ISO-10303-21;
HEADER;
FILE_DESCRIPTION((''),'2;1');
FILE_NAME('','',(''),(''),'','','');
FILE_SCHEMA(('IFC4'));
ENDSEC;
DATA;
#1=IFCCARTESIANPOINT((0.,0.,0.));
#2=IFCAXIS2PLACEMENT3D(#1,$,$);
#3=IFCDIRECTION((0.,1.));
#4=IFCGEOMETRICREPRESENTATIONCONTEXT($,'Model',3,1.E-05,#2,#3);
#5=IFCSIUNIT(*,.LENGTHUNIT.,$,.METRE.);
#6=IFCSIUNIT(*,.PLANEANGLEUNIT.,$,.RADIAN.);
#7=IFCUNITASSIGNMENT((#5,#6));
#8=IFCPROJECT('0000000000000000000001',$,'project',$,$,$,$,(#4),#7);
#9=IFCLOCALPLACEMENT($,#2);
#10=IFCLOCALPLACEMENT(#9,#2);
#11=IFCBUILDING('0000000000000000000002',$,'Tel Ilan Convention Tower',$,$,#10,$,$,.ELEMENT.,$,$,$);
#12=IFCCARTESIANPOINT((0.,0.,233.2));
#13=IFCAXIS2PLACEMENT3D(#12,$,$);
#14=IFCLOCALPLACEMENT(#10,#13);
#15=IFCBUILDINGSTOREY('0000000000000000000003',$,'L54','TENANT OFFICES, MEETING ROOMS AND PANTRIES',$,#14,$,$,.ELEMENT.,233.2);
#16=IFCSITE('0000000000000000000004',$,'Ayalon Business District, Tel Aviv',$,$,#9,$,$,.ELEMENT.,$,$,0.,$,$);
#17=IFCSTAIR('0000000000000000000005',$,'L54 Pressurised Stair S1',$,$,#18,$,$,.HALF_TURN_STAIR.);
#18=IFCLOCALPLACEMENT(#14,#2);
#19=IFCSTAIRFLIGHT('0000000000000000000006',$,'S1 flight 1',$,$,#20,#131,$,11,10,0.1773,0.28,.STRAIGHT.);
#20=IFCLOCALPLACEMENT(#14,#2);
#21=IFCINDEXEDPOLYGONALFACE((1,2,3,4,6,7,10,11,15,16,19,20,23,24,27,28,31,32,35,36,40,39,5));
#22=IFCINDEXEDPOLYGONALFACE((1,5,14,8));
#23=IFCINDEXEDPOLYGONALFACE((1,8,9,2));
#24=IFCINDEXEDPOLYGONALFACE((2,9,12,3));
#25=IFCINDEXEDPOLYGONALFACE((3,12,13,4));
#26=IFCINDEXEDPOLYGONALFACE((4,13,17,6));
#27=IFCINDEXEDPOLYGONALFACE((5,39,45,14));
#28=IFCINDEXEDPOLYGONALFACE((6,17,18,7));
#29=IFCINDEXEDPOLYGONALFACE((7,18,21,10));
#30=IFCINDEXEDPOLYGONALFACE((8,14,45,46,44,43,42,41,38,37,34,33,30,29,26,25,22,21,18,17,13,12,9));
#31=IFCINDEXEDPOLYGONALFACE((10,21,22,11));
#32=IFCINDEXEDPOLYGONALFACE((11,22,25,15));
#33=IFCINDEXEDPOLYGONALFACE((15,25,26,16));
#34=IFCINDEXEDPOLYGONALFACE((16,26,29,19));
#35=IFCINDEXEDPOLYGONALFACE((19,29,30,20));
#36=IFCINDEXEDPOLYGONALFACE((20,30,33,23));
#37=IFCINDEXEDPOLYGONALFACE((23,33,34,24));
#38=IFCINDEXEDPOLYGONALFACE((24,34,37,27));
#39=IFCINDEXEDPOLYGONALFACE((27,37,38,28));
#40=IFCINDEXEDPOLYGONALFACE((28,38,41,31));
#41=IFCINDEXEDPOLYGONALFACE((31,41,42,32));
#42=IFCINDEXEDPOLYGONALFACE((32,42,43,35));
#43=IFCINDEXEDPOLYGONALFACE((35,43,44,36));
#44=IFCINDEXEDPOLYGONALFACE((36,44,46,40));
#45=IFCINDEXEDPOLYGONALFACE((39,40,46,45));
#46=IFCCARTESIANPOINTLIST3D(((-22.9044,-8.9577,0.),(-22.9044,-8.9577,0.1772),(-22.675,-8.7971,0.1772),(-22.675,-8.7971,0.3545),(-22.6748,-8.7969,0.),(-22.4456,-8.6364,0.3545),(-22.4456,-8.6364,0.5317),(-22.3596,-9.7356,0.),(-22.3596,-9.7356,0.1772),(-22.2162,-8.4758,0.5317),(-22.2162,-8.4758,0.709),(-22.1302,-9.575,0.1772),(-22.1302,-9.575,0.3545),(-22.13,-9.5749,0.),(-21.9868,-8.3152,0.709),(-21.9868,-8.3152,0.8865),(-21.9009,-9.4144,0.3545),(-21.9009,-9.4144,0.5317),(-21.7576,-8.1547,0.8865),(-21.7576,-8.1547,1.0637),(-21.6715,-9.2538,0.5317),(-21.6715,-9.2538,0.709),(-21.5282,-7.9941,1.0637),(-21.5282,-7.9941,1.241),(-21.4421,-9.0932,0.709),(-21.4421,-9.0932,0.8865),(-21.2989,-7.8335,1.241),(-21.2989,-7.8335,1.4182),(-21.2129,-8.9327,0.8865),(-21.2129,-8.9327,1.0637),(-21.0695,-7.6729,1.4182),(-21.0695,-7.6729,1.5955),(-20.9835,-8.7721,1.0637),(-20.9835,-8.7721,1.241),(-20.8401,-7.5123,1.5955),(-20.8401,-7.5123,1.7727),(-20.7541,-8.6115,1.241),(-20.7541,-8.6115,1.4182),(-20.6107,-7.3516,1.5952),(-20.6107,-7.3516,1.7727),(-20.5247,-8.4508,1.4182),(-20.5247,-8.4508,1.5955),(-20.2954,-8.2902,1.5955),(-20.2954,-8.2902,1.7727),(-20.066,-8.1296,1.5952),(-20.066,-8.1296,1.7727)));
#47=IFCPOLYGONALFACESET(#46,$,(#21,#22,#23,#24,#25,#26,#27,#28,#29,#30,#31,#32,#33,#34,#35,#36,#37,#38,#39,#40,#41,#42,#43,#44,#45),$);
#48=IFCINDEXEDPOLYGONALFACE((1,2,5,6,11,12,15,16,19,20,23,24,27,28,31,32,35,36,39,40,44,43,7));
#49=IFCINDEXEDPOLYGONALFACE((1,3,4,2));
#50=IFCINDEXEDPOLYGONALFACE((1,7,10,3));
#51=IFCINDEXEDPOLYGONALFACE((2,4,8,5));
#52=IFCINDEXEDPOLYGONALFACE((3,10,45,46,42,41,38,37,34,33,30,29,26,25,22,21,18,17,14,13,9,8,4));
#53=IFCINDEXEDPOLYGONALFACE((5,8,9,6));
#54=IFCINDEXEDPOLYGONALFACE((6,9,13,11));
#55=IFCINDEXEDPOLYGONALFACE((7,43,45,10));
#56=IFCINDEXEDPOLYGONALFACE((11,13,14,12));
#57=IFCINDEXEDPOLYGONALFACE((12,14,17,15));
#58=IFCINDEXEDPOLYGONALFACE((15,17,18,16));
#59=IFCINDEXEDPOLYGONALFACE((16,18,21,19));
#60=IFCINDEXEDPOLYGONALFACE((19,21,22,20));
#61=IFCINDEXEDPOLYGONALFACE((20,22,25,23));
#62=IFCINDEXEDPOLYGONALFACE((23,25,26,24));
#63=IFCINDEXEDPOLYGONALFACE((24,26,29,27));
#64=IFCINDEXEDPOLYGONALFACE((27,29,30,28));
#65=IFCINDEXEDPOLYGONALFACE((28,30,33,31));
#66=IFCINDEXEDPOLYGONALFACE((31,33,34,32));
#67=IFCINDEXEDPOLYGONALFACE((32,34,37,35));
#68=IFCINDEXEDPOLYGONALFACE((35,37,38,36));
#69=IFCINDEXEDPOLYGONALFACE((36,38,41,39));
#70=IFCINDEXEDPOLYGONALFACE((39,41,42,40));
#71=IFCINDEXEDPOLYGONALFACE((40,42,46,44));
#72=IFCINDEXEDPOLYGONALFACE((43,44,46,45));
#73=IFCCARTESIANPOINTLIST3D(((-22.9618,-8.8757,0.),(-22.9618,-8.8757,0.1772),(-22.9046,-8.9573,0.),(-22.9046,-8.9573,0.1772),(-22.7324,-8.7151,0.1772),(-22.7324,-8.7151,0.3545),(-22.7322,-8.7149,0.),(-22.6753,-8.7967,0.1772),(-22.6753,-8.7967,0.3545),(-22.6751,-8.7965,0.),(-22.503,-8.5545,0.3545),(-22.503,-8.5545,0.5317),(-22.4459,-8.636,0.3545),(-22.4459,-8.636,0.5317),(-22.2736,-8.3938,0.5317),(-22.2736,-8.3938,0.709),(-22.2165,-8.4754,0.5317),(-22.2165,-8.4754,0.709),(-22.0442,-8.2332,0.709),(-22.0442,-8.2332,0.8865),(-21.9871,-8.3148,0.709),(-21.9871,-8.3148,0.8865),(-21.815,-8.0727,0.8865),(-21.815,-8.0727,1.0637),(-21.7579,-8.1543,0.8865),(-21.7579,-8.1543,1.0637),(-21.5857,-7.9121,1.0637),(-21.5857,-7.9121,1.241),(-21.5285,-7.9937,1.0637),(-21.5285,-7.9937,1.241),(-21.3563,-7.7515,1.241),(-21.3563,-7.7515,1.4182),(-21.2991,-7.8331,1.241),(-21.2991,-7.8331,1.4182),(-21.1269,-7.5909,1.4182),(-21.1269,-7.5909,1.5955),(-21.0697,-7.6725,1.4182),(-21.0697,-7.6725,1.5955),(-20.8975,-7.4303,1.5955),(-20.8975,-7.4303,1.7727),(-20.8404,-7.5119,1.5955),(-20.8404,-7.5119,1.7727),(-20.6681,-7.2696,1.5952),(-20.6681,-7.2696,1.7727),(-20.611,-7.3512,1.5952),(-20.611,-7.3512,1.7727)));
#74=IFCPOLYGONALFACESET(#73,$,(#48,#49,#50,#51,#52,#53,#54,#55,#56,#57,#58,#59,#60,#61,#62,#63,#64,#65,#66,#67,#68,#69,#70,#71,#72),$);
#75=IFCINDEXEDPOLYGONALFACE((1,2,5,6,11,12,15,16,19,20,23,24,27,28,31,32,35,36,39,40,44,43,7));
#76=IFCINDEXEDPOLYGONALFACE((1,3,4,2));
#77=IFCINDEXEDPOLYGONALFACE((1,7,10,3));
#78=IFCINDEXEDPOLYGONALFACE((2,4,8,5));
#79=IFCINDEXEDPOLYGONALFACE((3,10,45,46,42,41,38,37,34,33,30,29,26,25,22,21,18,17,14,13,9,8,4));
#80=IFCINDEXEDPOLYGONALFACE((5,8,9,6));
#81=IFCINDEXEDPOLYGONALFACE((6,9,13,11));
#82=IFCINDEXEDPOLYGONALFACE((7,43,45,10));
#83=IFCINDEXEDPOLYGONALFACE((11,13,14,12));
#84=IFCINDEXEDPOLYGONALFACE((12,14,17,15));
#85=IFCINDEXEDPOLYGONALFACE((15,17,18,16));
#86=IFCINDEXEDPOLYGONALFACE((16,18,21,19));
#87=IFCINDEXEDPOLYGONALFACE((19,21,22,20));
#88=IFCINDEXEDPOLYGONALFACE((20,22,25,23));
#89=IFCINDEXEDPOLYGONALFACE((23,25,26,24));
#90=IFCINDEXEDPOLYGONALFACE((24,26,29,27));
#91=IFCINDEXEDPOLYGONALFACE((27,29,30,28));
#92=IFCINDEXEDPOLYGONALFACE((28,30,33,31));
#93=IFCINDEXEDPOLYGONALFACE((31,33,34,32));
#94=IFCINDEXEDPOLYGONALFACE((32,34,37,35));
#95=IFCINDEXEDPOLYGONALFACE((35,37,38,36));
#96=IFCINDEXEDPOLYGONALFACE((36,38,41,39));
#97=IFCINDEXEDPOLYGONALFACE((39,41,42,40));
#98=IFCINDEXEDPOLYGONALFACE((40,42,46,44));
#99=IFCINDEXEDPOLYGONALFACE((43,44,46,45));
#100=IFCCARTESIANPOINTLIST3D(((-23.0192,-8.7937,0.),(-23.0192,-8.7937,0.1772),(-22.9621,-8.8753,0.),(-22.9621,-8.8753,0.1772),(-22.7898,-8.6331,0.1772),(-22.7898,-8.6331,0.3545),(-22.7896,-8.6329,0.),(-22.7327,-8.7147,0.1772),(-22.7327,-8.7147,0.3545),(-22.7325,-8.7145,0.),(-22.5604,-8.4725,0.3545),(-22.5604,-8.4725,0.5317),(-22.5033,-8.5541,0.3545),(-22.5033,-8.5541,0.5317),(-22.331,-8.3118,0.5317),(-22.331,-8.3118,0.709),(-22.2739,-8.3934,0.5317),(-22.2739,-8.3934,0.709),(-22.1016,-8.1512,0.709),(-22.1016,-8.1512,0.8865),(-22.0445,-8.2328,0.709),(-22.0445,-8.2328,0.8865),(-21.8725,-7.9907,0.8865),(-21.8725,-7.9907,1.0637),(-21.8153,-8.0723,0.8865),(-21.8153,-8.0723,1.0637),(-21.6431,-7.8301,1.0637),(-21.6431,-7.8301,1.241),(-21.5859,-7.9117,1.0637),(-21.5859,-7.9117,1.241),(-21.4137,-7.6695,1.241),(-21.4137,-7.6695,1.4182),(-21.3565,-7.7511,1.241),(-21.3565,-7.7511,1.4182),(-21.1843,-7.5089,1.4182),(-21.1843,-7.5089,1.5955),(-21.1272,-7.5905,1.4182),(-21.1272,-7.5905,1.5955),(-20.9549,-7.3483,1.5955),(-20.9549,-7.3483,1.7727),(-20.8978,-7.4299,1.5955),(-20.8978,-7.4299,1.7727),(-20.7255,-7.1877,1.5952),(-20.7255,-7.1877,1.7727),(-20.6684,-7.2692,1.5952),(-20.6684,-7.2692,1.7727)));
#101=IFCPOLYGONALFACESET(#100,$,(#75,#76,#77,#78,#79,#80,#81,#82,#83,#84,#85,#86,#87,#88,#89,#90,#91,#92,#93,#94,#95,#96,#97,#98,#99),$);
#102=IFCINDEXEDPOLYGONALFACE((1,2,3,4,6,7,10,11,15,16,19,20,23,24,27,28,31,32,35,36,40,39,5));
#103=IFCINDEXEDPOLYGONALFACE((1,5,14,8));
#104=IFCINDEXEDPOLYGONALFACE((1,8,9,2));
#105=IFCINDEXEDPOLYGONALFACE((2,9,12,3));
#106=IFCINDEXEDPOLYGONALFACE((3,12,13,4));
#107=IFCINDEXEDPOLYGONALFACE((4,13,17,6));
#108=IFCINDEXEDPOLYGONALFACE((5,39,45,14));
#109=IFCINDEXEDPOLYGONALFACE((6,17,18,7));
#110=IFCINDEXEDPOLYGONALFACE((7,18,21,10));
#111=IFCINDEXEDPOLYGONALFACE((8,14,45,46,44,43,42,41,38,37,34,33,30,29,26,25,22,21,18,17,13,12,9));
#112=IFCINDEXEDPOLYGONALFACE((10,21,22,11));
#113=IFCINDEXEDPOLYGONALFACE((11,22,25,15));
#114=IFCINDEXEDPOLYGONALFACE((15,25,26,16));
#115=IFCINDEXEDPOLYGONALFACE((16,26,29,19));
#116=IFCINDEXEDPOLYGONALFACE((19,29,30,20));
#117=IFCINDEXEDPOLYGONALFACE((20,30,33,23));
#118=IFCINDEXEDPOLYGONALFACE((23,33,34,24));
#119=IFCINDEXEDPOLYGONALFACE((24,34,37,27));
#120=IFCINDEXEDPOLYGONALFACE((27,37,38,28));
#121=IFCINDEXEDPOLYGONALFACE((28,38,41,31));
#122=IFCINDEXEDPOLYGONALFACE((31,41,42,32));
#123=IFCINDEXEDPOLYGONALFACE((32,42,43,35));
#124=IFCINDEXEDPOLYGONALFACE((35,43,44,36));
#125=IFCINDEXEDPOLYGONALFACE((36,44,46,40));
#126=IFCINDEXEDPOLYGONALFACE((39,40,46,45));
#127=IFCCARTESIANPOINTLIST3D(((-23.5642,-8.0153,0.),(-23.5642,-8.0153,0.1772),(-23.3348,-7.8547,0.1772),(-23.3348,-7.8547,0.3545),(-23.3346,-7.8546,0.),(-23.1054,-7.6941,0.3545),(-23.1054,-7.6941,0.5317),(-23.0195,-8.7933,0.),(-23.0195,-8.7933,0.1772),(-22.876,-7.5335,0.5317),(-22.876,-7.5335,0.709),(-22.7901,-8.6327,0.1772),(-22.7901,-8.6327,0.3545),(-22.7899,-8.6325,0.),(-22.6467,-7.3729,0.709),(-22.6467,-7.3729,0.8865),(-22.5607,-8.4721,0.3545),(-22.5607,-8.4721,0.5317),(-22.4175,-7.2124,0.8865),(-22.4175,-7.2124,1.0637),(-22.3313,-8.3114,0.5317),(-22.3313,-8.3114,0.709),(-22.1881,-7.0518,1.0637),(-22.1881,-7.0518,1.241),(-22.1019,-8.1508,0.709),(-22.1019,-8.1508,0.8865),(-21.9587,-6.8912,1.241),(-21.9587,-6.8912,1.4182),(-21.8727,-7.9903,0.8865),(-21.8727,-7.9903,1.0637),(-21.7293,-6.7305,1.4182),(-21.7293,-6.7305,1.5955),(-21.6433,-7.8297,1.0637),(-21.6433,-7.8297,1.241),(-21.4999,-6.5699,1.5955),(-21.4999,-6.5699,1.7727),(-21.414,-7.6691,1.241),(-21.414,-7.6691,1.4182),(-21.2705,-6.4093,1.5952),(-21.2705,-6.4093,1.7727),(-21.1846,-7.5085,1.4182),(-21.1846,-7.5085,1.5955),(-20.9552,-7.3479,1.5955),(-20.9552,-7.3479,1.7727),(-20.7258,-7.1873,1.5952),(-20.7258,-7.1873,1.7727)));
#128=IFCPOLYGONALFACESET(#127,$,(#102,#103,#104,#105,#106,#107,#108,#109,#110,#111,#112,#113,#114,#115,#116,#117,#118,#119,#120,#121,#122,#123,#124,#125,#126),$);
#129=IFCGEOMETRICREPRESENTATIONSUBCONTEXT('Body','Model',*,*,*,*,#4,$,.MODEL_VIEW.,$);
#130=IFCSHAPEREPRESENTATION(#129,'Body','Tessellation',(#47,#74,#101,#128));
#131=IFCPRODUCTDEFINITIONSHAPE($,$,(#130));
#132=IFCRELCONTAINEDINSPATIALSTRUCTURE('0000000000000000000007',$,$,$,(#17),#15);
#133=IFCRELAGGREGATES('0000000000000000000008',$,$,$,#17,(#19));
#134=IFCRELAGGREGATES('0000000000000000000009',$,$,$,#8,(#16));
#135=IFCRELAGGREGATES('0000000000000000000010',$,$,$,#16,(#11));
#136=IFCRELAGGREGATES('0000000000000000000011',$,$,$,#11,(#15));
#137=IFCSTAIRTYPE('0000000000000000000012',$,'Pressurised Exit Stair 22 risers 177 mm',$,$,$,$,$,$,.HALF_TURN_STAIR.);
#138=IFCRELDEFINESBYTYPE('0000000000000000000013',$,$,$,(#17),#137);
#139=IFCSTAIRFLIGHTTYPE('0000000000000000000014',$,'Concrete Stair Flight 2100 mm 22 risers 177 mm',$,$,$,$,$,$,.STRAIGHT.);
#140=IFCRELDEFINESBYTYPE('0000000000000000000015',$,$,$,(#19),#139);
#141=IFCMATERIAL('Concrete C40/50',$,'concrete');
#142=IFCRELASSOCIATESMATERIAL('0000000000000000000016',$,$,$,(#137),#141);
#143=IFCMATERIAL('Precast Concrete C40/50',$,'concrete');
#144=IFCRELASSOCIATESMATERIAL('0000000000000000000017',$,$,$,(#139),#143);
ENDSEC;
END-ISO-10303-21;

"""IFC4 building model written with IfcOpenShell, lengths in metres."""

from ifc_helpers import new_model, si_unit, direction, frame, origin, place, context, subcontext, project, spatial, polyline, outline, extrude, material, type_object, element, aggregate, save


model = new_model("IFC4")

# Units and contexts
model_context = context("Model", 3, precision=1e-05, world=origin(), true_north=direction((0.0, 1.0)))
body_context = subcontext(model_context, "Body", "Model", "MODEL_VIEW")
ifc_project = project(units=[si_unit("LENGTHUNIT", "METRE"), si_unit("PLANEANGLEUNIT", "RADIAN")], contexts=[model_context])

# Site, building, storey
site_placement = place(None, origin())
site = spatial("IfcSite", under=ifc_project, at=site_placement, Name="Ayalon Business District, Tel Aviv", CompositionType="ELEMENT", RefElevation=0.0)
building_placement = place(site_placement, origin())
building = spatial("IfcBuilding", under=site, at=building_placement, Name="Tel Ilan Convention Tower", CompositionType="ELEMENT")
storey_placement = place(building_placement, frame((0.0, 0.0, 233.2)))
storey = spatial("IfcBuildingStorey", under=building, at=storey_placement, Name="L54", Description="TENANT OFFICES, MEETING ROOMS AND PANTRIES", CompositionType="ELEMENT", Elevation=233.2)

# Stair, stair flight
ifc_material_1 = material(Name="Concrete C40/50", Category="concrete")
stair_type = type_object("IfcStairType", Name="Pressurised Exit Stair 22 risers 177 mm", PredefinedType="HALF_TURN_STAIR", material=ifc_material_1)
stair_1_placement = place(storey_placement, origin())
stair_1 = element("IfcStair", 1, at=stair_1_placement, inside=storey, type_object=stair_type, Name="L54 Pressurised Stair S1", PredefinedType="HALF_TURN_STAIR")
ifc_material_2 = material(Name="Precast Concrete C40/50", Category="concrete")
stair_flight_type = type_object("IfcStairFlightType", Name="Concrete Stair Flight 2100 mm 22 risers 177 mm", PredefinedType="STRAIGHT", material=ifc_material_2)
stair_flight_1_placement = place(storey_placement, frame((-22.9619, -8.8755, 0.0), z_axis=(0.0, 0.0, 1.0), x_axis=(0.819152, 0.573576, 0.0)))
stair_flight_1 = element("IfcStairFlight", 2, at=stair_flight_1_placement, type_object=stair_flight_type, Name="S1 flight 1", NumberOfRisers=11, NumberOfTreads=10, PredefinedType="STRAIGHT", RiserHeight=0.1773, TreadLength=0.28, context=body_context, shape_type="SweptSolid", body=[
    extrude(outline(polyline([(0.0, 0.0), (0.0, 0.1772), (0.28, 0.1772), (0.28, 0.3545), (0.5601, 0.3545), (0.5601, 0.5317), (0.8401, 0.5317), (0.8401, 0.709), (1.1201, 0.709), (1.1201, 0.8865), (1.3999, 0.8865), (1.3999, 1.0637), (1.6799, 1.0637), (1.6799, 1.241), (1.96, 1.241), (1.96, 1.4182), (2.24, 1.4182), (2.24, 1.5955), (2.52, 1.5955), (2.52, 1.7727), (2.8, 1.7727), (2.8, 1.95), (2.8, 1.5952), (0.2803, 0.0), (0.0, 0.0)])), frame((0.0, -0.1003, 0.0), z_axis=(0.0, -1.0, 0.0), x_axis=(1.0, 0.0, 0.0)), (0.0, 0.0, 1.0), 0.9497),
    extrude(outline(polyline([(0.0, 0.0), (0.0, 0.1772), (0.28, 0.1772), (0.28, 0.3545), (0.5601, 0.3545), (0.5601, 0.5317), (0.8401, 0.5317), (0.8401, 0.709), (1.1201, 0.709), (1.1201, 0.8865), (1.3999, 0.8865), (1.3999, 1.0637), (1.6799, 1.0637), (1.6799, 1.241), (1.96, 1.241), (1.96, 1.4182), (2.24, 1.4182), (2.24, 1.5955), (2.52, 1.5955), (2.52, 1.7727), (2.8, 1.7727), (2.8, 1.95), (2.8, 1.5952), (0.2803, 0.0), (0.0, 0.0)])), frame((0.0, -0.0002, 0.0), z_axis=(0.0, -1.0, 0.0), x_axis=(1.0, 0.0, 0.0)), (0.0, 0.0, 1.0), 0.0996),
    extrude(outline(polyline([(0.0, 0.0), (0.0, 0.1772), (0.28, 0.1772), (0.28, 0.3545), (0.5601, 0.3545), (0.5601, 0.5317), (0.8401, 0.5317), (0.8401, 0.709), (1.1201, 0.709), (1.1201, 0.8865), (1.3999, 0.8865), (1.3999, 1.0637), (1.6799, 1.0637), (1.6799, 1.241), (1.96, 1.241), (1.96, 1.4182), (2.24, 1.4182), (2.24, 1.5955), (2.52, 1.5955), (2.52, 1.7727), (2.8, 1.7727), (2.8, 1.95), (2.8, 1.5952), (0.2803, 0.0), (0.0, 0.0)])), frame((0.0, 0.0999, 0.0), z_axis=(0.0, -1.0, 0.0), x_axis=(1.0, 0.0, 0.0)), (0.0, 0.0, 1.0), 0.0996),
    extrude(outline(polyline([(0.0, 0.0), (0.0, 0.1772), (0.28, 0.1772), (0.28, 0.3545), (0.5601, 0.3545), (0.5601, 0.5317), (0.8401, 0.5317), (0.8401, 0.709), (1.1201, 0.709), (1.1201, 0.8865), (1.3999, 0.8865), (1.3999, 1.0637), (1.6799, 1.0637), (1.6799, 1.241), (1.96, 1.241), (1.96, 1.4182), (2.24, 1.4182), (2.24, 1.5955), (2.52, 1.5955), (2.52, 1.7727), (2.8, 1.7727), (2.8, 1.95), (2.8, 1.5952), (0.2803, 0.0), (0.0, 0.0)])), frame((0.0, 1.05, 0.0), z_axis=(0.0, -1.0, 0.0), x_axis=(1.0, 0.0, 0.0)), (0.0, 0.0, 1.0), 0.9497),
])
aggregate(stair_1, [stair_flight_1])

save(model, "model.ifc")
